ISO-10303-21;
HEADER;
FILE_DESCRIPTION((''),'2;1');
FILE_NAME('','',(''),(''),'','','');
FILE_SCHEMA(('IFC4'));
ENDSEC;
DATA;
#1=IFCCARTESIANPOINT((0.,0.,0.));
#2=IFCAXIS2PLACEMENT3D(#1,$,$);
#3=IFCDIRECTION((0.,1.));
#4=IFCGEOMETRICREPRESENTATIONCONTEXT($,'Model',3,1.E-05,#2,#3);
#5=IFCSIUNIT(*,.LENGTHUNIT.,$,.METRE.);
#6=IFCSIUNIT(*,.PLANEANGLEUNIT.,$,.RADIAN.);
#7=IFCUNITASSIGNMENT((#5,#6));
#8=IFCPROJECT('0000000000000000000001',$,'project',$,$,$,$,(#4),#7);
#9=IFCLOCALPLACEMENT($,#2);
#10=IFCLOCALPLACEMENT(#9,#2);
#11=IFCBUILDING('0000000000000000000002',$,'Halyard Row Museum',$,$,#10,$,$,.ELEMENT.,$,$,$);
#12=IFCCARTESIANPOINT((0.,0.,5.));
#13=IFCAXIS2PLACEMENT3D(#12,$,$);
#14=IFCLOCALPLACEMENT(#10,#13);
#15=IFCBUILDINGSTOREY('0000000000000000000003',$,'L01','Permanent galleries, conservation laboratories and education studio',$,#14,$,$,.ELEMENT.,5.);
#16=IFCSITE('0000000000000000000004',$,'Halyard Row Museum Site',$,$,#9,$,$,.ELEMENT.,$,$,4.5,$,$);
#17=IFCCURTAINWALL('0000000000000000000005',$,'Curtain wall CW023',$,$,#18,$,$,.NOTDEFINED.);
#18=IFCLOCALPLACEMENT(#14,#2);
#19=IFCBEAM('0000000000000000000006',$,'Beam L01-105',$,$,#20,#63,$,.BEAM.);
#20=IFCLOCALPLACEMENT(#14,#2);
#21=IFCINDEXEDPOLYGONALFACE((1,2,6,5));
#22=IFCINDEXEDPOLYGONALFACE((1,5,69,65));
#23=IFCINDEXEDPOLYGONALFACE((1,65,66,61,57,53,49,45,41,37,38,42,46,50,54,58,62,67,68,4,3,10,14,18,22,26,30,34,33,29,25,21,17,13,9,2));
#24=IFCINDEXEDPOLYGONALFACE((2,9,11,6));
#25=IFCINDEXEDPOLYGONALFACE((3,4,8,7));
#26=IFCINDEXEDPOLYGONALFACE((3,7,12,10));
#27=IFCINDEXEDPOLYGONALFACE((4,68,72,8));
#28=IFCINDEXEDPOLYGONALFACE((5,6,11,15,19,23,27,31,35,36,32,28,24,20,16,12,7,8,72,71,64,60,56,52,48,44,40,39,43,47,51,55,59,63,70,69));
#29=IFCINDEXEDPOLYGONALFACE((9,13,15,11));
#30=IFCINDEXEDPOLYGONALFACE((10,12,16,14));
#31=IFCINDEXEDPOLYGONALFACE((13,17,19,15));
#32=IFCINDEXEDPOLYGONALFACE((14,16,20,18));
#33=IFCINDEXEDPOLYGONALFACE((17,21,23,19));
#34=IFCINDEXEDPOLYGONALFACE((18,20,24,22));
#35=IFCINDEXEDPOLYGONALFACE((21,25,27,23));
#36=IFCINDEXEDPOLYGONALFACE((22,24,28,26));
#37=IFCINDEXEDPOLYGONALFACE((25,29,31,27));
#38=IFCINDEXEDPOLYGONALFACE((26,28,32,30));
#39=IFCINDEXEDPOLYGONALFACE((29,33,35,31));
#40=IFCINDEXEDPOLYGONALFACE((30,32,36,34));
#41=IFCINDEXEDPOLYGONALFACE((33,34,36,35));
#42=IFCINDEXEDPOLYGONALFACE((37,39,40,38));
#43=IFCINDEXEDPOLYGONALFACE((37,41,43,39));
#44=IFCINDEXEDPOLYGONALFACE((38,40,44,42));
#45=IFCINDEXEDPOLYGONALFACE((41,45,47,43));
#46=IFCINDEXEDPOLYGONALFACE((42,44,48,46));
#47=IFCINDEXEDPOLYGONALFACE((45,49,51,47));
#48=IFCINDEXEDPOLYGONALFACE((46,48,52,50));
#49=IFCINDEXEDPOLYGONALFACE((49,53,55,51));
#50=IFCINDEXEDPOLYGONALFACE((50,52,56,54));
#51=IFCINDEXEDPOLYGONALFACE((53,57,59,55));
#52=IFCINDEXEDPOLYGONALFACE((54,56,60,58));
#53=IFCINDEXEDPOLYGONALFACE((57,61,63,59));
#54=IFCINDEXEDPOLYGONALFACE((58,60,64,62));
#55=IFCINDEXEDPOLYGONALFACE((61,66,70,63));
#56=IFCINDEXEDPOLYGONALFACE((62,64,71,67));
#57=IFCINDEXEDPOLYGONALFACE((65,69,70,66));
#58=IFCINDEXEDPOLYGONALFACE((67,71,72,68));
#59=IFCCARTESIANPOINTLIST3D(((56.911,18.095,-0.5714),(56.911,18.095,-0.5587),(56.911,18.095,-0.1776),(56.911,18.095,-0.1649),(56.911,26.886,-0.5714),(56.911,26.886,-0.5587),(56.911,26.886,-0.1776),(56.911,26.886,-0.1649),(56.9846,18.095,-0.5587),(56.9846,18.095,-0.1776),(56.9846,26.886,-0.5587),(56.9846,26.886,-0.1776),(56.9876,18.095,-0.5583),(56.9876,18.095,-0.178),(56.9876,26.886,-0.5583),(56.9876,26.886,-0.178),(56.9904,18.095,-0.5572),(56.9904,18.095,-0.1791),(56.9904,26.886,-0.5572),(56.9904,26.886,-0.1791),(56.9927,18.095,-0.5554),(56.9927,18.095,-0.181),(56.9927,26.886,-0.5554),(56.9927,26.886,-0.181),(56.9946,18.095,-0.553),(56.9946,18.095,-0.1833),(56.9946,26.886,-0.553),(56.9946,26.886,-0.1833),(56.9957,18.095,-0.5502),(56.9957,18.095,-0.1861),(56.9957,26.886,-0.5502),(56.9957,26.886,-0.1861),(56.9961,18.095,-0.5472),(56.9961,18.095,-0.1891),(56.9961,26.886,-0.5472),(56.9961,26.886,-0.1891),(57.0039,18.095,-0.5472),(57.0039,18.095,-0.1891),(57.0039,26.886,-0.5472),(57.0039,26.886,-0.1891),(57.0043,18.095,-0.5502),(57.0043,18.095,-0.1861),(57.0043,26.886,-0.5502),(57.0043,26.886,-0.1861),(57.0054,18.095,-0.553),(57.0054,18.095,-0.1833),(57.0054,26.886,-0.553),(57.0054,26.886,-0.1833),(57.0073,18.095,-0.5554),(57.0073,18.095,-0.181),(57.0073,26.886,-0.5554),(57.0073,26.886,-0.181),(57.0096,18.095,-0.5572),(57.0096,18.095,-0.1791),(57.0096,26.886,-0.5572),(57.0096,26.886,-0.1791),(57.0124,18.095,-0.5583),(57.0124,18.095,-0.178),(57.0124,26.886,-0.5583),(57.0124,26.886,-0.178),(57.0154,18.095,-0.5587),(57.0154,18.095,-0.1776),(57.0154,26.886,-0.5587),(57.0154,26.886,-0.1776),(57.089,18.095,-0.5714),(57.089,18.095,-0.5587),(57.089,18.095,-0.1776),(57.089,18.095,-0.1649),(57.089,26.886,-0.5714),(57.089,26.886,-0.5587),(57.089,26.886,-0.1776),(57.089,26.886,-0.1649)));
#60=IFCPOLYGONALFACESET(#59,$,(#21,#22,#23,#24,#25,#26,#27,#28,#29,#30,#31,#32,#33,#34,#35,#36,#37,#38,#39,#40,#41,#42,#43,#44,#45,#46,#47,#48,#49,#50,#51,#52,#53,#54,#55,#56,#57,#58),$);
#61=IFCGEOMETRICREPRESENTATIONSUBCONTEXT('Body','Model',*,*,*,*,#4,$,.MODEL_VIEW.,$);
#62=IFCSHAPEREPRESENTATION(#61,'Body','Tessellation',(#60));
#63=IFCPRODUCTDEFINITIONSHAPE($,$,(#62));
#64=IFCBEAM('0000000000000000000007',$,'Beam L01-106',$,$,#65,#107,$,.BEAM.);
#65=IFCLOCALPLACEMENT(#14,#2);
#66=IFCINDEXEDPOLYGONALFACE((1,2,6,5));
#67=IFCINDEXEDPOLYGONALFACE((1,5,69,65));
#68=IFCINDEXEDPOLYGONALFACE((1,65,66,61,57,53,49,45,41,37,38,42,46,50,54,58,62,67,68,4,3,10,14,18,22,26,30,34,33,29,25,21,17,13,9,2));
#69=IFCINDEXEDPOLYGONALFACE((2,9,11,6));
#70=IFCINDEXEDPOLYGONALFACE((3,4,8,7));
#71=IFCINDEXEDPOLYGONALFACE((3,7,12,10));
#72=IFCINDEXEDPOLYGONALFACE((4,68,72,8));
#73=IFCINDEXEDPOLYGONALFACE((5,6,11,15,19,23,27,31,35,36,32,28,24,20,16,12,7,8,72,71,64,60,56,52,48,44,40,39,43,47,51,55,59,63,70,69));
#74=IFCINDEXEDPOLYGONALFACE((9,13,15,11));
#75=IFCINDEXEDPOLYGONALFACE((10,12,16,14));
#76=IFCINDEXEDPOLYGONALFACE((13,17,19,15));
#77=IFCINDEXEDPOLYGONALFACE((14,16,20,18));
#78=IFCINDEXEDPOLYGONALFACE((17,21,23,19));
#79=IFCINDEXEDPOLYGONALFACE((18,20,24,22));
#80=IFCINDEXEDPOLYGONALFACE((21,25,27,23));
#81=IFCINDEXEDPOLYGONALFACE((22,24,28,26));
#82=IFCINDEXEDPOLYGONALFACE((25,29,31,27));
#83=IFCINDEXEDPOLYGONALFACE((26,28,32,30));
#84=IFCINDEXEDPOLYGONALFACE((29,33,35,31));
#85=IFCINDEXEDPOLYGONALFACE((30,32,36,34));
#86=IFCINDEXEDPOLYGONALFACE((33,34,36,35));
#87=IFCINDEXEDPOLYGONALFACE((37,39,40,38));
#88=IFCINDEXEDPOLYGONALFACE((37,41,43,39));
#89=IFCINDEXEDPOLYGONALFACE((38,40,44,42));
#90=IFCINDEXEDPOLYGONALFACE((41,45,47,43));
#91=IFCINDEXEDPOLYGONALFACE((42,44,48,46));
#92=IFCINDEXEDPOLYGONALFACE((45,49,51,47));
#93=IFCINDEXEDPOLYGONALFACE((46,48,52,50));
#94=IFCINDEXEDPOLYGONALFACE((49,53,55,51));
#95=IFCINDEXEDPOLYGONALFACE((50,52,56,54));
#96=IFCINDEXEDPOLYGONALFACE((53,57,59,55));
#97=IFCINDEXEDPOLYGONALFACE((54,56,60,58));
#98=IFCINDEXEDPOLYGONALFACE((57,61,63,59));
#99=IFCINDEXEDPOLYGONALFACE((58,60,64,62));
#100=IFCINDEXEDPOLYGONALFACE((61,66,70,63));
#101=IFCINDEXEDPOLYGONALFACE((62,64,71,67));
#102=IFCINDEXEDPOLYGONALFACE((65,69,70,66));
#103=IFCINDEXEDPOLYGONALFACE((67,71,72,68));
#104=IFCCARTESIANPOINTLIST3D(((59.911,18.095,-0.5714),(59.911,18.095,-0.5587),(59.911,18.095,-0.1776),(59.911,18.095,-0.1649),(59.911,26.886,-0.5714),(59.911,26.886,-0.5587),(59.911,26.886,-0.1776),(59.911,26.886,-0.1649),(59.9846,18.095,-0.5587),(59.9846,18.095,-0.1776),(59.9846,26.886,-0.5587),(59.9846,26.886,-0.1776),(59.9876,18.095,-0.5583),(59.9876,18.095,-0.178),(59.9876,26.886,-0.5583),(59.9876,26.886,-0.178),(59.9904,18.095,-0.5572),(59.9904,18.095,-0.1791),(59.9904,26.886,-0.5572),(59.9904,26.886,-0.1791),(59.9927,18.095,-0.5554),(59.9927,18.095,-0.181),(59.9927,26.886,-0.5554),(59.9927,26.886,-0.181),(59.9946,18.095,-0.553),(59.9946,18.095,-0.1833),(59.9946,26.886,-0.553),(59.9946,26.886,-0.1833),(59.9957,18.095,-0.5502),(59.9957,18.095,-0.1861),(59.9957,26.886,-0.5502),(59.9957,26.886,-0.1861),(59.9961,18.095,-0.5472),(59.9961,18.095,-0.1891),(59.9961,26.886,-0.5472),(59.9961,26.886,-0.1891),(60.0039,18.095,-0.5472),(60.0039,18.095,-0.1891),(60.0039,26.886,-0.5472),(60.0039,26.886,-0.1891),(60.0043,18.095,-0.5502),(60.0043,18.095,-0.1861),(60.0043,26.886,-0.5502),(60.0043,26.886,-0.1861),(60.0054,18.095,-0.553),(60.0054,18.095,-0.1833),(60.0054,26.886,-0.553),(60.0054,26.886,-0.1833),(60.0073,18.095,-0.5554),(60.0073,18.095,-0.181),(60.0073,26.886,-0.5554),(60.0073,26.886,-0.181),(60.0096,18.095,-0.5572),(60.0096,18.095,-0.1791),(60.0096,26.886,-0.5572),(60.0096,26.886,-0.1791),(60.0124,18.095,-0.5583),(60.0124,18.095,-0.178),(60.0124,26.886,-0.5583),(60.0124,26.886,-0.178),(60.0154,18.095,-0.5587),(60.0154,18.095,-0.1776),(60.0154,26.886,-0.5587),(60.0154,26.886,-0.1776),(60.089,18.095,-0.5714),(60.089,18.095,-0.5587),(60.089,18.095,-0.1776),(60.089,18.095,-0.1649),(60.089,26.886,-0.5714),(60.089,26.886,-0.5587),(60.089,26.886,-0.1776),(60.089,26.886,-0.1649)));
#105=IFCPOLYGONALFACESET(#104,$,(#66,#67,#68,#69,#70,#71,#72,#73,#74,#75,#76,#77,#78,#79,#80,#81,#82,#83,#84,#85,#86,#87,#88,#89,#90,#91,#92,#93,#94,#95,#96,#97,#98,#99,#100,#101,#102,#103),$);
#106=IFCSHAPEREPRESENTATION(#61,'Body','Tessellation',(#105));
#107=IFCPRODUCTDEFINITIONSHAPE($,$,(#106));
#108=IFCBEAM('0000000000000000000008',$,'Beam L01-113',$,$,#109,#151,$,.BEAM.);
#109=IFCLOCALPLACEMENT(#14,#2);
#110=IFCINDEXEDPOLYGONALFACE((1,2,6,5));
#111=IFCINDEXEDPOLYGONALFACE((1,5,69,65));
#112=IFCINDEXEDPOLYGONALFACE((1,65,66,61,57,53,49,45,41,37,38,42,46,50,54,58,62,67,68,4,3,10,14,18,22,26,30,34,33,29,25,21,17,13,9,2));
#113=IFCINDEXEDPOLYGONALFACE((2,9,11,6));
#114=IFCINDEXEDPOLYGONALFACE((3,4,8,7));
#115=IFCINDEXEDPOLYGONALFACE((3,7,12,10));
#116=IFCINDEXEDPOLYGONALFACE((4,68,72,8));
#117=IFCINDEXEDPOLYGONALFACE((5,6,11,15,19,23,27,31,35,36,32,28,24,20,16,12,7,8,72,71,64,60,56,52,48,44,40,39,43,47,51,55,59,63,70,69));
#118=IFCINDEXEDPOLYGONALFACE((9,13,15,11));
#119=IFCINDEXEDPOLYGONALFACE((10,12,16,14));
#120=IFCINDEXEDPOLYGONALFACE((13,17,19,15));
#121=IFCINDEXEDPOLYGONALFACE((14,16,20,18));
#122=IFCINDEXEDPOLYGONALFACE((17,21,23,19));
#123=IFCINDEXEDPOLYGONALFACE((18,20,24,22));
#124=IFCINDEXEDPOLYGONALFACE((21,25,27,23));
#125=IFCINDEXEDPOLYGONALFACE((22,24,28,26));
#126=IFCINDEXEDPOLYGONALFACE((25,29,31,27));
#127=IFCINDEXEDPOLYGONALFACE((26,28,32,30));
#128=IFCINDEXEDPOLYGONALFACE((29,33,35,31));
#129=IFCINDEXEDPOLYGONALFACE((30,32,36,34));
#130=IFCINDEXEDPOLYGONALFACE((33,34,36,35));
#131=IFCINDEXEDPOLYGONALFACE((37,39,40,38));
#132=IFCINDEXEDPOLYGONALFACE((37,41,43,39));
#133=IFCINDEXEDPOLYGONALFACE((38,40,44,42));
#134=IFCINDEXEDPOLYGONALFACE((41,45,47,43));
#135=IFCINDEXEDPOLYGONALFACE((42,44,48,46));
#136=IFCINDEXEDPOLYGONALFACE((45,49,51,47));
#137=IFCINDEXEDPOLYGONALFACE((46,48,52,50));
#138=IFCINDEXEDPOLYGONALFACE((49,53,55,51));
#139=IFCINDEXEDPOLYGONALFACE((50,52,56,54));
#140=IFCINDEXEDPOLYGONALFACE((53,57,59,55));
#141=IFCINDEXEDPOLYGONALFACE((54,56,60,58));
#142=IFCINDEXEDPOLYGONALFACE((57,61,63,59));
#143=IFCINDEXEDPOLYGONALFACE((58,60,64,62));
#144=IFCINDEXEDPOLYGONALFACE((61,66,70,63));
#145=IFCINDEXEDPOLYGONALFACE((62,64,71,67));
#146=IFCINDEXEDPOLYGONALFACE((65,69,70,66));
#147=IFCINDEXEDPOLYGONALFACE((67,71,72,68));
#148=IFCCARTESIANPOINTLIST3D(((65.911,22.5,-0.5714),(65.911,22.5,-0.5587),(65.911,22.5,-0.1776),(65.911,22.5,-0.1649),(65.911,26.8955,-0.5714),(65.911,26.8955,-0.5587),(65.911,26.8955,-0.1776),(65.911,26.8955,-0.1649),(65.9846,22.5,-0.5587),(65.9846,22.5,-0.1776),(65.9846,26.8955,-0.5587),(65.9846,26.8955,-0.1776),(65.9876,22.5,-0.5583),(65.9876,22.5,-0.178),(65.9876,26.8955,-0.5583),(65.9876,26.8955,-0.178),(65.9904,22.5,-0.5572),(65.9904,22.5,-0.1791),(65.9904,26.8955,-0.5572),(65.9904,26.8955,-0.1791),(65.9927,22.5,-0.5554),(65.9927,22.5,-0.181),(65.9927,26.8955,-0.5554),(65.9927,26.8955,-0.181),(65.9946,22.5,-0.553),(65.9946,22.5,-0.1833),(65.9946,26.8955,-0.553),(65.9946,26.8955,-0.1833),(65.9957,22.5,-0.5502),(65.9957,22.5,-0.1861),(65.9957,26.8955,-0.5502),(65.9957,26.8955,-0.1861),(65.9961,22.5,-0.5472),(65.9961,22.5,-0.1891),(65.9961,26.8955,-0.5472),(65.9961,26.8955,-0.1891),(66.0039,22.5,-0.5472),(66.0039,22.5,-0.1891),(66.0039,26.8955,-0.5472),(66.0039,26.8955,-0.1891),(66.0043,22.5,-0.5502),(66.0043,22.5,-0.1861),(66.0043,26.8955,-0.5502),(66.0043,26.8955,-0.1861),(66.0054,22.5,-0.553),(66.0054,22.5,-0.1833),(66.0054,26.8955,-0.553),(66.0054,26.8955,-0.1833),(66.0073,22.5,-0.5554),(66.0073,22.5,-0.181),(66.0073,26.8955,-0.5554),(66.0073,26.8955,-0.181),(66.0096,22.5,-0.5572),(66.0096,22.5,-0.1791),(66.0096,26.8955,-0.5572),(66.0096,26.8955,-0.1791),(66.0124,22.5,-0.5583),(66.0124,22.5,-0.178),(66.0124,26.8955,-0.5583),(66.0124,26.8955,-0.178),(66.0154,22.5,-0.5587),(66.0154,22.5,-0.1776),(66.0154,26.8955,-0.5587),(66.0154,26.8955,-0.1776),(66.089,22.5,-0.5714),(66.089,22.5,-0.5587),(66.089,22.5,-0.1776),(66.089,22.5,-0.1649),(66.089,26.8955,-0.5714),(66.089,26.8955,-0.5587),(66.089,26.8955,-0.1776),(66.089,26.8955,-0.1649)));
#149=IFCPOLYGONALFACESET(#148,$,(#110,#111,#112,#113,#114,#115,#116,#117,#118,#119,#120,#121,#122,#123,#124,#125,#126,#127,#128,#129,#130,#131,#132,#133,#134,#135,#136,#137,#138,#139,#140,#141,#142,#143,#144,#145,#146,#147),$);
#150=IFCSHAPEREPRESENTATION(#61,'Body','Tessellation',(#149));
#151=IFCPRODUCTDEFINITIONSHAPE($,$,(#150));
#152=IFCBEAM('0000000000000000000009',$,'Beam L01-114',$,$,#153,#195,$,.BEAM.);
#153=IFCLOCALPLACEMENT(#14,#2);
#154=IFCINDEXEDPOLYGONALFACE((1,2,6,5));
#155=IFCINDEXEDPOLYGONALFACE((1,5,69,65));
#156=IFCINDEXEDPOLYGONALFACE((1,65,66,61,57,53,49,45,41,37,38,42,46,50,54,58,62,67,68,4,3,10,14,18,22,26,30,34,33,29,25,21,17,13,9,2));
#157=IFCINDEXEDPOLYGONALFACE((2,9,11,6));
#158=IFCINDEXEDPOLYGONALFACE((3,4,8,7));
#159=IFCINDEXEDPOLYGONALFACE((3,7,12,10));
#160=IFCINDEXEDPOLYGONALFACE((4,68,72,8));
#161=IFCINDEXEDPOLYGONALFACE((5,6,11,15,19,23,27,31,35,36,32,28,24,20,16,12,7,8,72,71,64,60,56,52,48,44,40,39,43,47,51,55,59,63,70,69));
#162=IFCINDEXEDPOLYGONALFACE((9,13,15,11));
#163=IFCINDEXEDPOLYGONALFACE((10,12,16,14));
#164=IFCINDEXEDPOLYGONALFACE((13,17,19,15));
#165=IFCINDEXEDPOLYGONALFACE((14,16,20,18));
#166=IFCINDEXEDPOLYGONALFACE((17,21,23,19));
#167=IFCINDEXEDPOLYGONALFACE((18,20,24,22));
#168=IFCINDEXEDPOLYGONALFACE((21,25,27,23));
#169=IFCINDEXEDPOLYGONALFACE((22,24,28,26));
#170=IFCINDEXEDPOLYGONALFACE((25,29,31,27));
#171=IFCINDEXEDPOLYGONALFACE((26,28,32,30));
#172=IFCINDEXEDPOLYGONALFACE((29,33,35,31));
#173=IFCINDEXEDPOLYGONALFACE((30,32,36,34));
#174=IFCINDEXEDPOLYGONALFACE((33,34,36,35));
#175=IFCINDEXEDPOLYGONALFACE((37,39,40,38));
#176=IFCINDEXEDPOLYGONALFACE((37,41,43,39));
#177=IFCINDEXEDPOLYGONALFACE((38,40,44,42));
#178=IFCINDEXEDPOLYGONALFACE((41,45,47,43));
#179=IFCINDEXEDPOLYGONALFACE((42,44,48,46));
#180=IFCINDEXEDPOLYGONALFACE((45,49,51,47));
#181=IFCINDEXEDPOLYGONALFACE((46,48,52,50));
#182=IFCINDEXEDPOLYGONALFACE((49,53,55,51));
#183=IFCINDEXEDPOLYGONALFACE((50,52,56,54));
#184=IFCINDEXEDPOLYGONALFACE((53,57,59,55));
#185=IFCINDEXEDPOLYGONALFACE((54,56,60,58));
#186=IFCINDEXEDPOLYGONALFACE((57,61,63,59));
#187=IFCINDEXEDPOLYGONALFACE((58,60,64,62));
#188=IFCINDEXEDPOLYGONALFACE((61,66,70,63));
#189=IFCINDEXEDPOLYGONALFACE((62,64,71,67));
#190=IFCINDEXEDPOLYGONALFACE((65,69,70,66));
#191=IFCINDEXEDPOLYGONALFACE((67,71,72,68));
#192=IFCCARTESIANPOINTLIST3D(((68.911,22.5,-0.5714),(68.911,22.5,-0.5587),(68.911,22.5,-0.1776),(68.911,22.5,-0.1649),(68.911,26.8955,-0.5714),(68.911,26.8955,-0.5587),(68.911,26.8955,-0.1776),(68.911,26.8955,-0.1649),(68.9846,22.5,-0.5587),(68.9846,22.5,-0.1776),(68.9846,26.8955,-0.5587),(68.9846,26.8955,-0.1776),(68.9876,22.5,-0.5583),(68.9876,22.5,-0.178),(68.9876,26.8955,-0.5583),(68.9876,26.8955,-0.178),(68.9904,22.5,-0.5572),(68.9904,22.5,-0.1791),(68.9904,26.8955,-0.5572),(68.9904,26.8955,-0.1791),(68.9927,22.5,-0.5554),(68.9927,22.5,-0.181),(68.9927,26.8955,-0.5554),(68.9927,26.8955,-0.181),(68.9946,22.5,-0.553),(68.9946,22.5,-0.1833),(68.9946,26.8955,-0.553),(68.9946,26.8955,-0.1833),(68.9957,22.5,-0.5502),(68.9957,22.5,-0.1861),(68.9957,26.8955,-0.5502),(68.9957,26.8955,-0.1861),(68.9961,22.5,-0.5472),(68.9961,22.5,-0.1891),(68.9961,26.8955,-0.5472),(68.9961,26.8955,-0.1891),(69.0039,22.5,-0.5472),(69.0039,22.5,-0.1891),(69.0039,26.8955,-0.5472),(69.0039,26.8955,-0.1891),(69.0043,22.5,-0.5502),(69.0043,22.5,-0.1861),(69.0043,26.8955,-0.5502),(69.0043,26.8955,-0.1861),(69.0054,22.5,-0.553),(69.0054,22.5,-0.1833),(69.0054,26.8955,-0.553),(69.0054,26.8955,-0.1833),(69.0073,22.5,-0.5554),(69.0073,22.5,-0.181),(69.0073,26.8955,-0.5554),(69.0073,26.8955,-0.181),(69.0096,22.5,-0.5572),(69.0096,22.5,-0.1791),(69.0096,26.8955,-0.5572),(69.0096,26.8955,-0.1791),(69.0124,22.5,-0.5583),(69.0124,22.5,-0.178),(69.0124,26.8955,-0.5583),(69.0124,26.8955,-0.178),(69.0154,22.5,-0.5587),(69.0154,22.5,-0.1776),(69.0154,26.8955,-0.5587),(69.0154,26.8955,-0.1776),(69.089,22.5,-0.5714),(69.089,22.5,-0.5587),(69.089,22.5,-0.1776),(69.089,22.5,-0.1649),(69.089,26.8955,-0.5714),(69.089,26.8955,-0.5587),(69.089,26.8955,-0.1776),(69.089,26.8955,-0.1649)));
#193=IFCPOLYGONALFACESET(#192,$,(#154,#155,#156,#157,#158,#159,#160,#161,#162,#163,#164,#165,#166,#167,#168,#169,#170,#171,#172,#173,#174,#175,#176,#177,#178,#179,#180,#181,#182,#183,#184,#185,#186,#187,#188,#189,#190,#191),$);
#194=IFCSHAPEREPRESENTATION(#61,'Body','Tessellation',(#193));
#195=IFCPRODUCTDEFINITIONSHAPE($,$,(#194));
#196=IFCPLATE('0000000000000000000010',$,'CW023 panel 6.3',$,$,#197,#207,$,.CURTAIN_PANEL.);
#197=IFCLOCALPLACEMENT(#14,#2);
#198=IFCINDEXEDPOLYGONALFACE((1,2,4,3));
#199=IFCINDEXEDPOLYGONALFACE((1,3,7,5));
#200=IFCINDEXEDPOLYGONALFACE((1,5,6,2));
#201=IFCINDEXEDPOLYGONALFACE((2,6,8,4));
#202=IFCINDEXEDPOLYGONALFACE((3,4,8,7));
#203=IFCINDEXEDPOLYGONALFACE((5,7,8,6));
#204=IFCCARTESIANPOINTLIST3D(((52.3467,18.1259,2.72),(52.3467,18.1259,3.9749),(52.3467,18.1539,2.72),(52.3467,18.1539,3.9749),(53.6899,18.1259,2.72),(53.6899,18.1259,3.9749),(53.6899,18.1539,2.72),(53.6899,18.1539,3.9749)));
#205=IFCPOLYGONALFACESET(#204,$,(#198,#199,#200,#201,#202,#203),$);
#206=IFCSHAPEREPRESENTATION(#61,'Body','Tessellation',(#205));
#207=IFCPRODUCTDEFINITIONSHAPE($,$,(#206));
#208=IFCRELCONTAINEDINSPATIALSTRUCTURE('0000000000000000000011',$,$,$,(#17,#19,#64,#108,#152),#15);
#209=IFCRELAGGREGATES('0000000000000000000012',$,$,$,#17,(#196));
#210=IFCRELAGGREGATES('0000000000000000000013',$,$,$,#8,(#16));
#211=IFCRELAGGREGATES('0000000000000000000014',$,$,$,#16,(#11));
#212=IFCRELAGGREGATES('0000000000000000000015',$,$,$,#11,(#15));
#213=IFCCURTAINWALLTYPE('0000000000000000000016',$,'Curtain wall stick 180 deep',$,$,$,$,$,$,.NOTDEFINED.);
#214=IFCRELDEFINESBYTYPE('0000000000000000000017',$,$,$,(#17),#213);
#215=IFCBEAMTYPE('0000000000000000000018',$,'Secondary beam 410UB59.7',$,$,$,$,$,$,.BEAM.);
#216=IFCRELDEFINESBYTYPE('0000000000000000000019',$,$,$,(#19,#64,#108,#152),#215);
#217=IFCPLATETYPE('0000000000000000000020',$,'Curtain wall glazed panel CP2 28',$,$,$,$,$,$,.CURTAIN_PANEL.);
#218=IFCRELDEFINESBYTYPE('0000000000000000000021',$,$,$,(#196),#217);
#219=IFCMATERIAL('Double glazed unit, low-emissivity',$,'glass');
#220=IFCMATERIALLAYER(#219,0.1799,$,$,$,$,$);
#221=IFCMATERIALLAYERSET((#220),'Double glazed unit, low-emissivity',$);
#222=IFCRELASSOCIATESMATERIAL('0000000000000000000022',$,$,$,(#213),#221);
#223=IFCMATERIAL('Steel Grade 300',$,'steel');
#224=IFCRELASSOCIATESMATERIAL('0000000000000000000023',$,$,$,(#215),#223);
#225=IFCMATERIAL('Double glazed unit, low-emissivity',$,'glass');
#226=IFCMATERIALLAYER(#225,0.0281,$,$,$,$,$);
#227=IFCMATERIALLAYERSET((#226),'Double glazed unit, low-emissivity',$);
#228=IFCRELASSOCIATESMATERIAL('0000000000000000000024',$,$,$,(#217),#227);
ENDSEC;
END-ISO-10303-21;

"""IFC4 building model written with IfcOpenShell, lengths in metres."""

from ifc_helpers import new_model, si_unit, direction, frame, origin, origin_2d, place, context, subcontext, project, spatial, rectangle, i_section, extrude, material, layer, layer_set, material_profile, profile_set, type_object, element, aggregate, save


model = new_model("IFC4")

# Units and contexts
model_context = context("Model", 3, precision=1e-05, world=origin(), true_north=direction((0.0, 1.0)))
body_context = subcontext(model_context, "Body", "Model", "MODEL_VIEW")
ifc_project = project(units=[si_unit("LENGTHUNIT", "METRE"), si_unit("PLANEANGLEUNIT", "RADIAN")], contexts=[model_context])

# Site, building, storey
site_placement = place(None, origin())
site = spatial("IfcSite", under=ifc_project, at=site_placement, Name="Halyard Row Museum Site", CompositionType="ELEMENT", RefElevation=4.5)
building_placement = place(site_placement, origin())
building = spatial("IfcBuilding", under=site, at=building_placement, Name="Halyard Row Museum", CompositionType="ELEMENT")
storey_placement = place(building_placement, frame((0.0, 0.0, 5.0)))
storey = spatial("IfcBuildingStorey", under=building, at=storey_placement, Name="L01", Description="Permanent galleries, conservation laboratories and education studio", CompositionType="ELEMENT", Elevation=5.0)

# Curtain wall
ifc_material_1 = material(Name="Double glazed unit, low-emissivity", Category="glass")
ifc_layer_1 = layer(ifc_material_1, 0.1799)
ifc_layer_set_1 = layer_set([ifc_layer_1], Name="Double glazed unit, low-emissivity")
curtain_wall_type = type_object("IfcCurtainWallType", Name="Curtain wall stick 180 deep", PredefinedType="NOTDEFINED", material=ifc_layer_set_1)
curtain_wall_placement = place(storey_placement, origin())
curtain_wall = element("IfcCurtainWall", 1, at=curtain_wall_placement, inside=storey, type_object=curtain_wall_type, Name="Curtain wall CW023", PredefinedType="NOTDEFINED")

# Beams
ifc_material_2 = material(Name="Steel Grade 300", Category="steel")
ifc_material_profile_1 = material_profile(ifc_material_2, i_section(OverallWidth=0.178, OverallDepth=0.4065, WebThickness=0.0078, FlangeThickness=0.0127, FilletRadius=0.0115, at=origin_2d()), Name="410UB59.7")
ifc_profile_set_1 = profile_set([ifc_material_profile_1], Name="Steel Grade 300")
beam_type_1 = type_object("IfcBeamType", Name="Secondary beam 410UB59.7", PredefinedType="BEAM", material=ifc_profile_set_1)
for number, where, z_axis, x_axis, name in (
    (2, (57.0, 18.095, -0.3682), (0.0, 1.0, 0.0), (-1.0, 0.0, 0.0), "Beam L01-105"),
    (3, (60.0, 18.095, -0.3682), (0.0, 1.0, 0.0), (-1.0, 0.0, 0.0), "Beam L01-106"),
):
    element("IfcBeam", number, at=place(storey_placement, frame(where, z_axis=z_axis, x_axis=x_axis)), inside=storey, type_object=beam_type_1, Name=name, PredefinedType="BEAM", context=body_context, shape_type="SweptSolid", body=[
        extrude(i_section(OverallWidth=0.178, OverallDepth=0.4065, WebThickness=0.0078, FlangeThickness=0.0127, FilletRadius=0.0115, at=origin_2d()), origin(), (0.0, 0.0, 1.0), 8.791),
    ])
for number, where, z_axis, x_axis, name in (
    (4, (66.0, 22.5, -0.3682), (0.0, 1.0, 0.0), (-1.0, 0.0, 0.0), "Beam L01-113"),
    (5, (69.0, 22.5, -0.3682), (0.0, 1.0, 0.0), (-1.0, 0.0, 0.0), "Beam L01-114"),
):
    element("IfcBeam", number, at=place(storey_placement, frame(where, z_axis=z_axis, x_axis=x_axis)), inside=storey, type_object=beam_type_1, Name=name, PredefinedType="BEAM", context=body_context, shape_type="SweptSolid", body=[
        extrude(i_section(OverallWidth=0.178, OverallDepth=0.4065, WebThickness=0.0078, FlangeThickness=0.0127, FilletRadius=0.0115, at=origin_2d()), origin(), (0.0, 0.0, 1.0), 4.3955),
    ])

# Plate
ifc_material_3 = material(Name="Double glazed unit, low-emissivity", Category="glass")
ifc_layer_2 = layer(ifc_material_3, 0.0281)
ifc_layer_set_2 = layer_set([ifc_layer_2], Name="Double glazed unit, low-emissivity")
plate_type = type_object("IfcPlateType", Name="Curtain wall glazed panel CP2 28", PredefinedType="CURTAIN_PANEL", material=ifc_layer_set_2)
plate_placement = place(storey_placement, frame((53.0183, 18.1399, 2.72), z_axis=(0.0, 0.0, 1.0), x_axis=(1.0, 0.0, 0.0)))
plate = element("IfcPlate", 6, at=plate_placement, type_object=plate_type, Name="CW023 panel 6.3", PredefinedType="CURTAIN_PANEL", context=body_context, shape_type="SweptSolid", body=[
    extrude(rectangle(XDim=1.3433, YDim=0.0281, at=origin_2d()), origin(), (0.0, 0.0, 1.0), 1.2549),
])
aggregate(curtain_wall, [plate])

save(model, "model.ifc")
